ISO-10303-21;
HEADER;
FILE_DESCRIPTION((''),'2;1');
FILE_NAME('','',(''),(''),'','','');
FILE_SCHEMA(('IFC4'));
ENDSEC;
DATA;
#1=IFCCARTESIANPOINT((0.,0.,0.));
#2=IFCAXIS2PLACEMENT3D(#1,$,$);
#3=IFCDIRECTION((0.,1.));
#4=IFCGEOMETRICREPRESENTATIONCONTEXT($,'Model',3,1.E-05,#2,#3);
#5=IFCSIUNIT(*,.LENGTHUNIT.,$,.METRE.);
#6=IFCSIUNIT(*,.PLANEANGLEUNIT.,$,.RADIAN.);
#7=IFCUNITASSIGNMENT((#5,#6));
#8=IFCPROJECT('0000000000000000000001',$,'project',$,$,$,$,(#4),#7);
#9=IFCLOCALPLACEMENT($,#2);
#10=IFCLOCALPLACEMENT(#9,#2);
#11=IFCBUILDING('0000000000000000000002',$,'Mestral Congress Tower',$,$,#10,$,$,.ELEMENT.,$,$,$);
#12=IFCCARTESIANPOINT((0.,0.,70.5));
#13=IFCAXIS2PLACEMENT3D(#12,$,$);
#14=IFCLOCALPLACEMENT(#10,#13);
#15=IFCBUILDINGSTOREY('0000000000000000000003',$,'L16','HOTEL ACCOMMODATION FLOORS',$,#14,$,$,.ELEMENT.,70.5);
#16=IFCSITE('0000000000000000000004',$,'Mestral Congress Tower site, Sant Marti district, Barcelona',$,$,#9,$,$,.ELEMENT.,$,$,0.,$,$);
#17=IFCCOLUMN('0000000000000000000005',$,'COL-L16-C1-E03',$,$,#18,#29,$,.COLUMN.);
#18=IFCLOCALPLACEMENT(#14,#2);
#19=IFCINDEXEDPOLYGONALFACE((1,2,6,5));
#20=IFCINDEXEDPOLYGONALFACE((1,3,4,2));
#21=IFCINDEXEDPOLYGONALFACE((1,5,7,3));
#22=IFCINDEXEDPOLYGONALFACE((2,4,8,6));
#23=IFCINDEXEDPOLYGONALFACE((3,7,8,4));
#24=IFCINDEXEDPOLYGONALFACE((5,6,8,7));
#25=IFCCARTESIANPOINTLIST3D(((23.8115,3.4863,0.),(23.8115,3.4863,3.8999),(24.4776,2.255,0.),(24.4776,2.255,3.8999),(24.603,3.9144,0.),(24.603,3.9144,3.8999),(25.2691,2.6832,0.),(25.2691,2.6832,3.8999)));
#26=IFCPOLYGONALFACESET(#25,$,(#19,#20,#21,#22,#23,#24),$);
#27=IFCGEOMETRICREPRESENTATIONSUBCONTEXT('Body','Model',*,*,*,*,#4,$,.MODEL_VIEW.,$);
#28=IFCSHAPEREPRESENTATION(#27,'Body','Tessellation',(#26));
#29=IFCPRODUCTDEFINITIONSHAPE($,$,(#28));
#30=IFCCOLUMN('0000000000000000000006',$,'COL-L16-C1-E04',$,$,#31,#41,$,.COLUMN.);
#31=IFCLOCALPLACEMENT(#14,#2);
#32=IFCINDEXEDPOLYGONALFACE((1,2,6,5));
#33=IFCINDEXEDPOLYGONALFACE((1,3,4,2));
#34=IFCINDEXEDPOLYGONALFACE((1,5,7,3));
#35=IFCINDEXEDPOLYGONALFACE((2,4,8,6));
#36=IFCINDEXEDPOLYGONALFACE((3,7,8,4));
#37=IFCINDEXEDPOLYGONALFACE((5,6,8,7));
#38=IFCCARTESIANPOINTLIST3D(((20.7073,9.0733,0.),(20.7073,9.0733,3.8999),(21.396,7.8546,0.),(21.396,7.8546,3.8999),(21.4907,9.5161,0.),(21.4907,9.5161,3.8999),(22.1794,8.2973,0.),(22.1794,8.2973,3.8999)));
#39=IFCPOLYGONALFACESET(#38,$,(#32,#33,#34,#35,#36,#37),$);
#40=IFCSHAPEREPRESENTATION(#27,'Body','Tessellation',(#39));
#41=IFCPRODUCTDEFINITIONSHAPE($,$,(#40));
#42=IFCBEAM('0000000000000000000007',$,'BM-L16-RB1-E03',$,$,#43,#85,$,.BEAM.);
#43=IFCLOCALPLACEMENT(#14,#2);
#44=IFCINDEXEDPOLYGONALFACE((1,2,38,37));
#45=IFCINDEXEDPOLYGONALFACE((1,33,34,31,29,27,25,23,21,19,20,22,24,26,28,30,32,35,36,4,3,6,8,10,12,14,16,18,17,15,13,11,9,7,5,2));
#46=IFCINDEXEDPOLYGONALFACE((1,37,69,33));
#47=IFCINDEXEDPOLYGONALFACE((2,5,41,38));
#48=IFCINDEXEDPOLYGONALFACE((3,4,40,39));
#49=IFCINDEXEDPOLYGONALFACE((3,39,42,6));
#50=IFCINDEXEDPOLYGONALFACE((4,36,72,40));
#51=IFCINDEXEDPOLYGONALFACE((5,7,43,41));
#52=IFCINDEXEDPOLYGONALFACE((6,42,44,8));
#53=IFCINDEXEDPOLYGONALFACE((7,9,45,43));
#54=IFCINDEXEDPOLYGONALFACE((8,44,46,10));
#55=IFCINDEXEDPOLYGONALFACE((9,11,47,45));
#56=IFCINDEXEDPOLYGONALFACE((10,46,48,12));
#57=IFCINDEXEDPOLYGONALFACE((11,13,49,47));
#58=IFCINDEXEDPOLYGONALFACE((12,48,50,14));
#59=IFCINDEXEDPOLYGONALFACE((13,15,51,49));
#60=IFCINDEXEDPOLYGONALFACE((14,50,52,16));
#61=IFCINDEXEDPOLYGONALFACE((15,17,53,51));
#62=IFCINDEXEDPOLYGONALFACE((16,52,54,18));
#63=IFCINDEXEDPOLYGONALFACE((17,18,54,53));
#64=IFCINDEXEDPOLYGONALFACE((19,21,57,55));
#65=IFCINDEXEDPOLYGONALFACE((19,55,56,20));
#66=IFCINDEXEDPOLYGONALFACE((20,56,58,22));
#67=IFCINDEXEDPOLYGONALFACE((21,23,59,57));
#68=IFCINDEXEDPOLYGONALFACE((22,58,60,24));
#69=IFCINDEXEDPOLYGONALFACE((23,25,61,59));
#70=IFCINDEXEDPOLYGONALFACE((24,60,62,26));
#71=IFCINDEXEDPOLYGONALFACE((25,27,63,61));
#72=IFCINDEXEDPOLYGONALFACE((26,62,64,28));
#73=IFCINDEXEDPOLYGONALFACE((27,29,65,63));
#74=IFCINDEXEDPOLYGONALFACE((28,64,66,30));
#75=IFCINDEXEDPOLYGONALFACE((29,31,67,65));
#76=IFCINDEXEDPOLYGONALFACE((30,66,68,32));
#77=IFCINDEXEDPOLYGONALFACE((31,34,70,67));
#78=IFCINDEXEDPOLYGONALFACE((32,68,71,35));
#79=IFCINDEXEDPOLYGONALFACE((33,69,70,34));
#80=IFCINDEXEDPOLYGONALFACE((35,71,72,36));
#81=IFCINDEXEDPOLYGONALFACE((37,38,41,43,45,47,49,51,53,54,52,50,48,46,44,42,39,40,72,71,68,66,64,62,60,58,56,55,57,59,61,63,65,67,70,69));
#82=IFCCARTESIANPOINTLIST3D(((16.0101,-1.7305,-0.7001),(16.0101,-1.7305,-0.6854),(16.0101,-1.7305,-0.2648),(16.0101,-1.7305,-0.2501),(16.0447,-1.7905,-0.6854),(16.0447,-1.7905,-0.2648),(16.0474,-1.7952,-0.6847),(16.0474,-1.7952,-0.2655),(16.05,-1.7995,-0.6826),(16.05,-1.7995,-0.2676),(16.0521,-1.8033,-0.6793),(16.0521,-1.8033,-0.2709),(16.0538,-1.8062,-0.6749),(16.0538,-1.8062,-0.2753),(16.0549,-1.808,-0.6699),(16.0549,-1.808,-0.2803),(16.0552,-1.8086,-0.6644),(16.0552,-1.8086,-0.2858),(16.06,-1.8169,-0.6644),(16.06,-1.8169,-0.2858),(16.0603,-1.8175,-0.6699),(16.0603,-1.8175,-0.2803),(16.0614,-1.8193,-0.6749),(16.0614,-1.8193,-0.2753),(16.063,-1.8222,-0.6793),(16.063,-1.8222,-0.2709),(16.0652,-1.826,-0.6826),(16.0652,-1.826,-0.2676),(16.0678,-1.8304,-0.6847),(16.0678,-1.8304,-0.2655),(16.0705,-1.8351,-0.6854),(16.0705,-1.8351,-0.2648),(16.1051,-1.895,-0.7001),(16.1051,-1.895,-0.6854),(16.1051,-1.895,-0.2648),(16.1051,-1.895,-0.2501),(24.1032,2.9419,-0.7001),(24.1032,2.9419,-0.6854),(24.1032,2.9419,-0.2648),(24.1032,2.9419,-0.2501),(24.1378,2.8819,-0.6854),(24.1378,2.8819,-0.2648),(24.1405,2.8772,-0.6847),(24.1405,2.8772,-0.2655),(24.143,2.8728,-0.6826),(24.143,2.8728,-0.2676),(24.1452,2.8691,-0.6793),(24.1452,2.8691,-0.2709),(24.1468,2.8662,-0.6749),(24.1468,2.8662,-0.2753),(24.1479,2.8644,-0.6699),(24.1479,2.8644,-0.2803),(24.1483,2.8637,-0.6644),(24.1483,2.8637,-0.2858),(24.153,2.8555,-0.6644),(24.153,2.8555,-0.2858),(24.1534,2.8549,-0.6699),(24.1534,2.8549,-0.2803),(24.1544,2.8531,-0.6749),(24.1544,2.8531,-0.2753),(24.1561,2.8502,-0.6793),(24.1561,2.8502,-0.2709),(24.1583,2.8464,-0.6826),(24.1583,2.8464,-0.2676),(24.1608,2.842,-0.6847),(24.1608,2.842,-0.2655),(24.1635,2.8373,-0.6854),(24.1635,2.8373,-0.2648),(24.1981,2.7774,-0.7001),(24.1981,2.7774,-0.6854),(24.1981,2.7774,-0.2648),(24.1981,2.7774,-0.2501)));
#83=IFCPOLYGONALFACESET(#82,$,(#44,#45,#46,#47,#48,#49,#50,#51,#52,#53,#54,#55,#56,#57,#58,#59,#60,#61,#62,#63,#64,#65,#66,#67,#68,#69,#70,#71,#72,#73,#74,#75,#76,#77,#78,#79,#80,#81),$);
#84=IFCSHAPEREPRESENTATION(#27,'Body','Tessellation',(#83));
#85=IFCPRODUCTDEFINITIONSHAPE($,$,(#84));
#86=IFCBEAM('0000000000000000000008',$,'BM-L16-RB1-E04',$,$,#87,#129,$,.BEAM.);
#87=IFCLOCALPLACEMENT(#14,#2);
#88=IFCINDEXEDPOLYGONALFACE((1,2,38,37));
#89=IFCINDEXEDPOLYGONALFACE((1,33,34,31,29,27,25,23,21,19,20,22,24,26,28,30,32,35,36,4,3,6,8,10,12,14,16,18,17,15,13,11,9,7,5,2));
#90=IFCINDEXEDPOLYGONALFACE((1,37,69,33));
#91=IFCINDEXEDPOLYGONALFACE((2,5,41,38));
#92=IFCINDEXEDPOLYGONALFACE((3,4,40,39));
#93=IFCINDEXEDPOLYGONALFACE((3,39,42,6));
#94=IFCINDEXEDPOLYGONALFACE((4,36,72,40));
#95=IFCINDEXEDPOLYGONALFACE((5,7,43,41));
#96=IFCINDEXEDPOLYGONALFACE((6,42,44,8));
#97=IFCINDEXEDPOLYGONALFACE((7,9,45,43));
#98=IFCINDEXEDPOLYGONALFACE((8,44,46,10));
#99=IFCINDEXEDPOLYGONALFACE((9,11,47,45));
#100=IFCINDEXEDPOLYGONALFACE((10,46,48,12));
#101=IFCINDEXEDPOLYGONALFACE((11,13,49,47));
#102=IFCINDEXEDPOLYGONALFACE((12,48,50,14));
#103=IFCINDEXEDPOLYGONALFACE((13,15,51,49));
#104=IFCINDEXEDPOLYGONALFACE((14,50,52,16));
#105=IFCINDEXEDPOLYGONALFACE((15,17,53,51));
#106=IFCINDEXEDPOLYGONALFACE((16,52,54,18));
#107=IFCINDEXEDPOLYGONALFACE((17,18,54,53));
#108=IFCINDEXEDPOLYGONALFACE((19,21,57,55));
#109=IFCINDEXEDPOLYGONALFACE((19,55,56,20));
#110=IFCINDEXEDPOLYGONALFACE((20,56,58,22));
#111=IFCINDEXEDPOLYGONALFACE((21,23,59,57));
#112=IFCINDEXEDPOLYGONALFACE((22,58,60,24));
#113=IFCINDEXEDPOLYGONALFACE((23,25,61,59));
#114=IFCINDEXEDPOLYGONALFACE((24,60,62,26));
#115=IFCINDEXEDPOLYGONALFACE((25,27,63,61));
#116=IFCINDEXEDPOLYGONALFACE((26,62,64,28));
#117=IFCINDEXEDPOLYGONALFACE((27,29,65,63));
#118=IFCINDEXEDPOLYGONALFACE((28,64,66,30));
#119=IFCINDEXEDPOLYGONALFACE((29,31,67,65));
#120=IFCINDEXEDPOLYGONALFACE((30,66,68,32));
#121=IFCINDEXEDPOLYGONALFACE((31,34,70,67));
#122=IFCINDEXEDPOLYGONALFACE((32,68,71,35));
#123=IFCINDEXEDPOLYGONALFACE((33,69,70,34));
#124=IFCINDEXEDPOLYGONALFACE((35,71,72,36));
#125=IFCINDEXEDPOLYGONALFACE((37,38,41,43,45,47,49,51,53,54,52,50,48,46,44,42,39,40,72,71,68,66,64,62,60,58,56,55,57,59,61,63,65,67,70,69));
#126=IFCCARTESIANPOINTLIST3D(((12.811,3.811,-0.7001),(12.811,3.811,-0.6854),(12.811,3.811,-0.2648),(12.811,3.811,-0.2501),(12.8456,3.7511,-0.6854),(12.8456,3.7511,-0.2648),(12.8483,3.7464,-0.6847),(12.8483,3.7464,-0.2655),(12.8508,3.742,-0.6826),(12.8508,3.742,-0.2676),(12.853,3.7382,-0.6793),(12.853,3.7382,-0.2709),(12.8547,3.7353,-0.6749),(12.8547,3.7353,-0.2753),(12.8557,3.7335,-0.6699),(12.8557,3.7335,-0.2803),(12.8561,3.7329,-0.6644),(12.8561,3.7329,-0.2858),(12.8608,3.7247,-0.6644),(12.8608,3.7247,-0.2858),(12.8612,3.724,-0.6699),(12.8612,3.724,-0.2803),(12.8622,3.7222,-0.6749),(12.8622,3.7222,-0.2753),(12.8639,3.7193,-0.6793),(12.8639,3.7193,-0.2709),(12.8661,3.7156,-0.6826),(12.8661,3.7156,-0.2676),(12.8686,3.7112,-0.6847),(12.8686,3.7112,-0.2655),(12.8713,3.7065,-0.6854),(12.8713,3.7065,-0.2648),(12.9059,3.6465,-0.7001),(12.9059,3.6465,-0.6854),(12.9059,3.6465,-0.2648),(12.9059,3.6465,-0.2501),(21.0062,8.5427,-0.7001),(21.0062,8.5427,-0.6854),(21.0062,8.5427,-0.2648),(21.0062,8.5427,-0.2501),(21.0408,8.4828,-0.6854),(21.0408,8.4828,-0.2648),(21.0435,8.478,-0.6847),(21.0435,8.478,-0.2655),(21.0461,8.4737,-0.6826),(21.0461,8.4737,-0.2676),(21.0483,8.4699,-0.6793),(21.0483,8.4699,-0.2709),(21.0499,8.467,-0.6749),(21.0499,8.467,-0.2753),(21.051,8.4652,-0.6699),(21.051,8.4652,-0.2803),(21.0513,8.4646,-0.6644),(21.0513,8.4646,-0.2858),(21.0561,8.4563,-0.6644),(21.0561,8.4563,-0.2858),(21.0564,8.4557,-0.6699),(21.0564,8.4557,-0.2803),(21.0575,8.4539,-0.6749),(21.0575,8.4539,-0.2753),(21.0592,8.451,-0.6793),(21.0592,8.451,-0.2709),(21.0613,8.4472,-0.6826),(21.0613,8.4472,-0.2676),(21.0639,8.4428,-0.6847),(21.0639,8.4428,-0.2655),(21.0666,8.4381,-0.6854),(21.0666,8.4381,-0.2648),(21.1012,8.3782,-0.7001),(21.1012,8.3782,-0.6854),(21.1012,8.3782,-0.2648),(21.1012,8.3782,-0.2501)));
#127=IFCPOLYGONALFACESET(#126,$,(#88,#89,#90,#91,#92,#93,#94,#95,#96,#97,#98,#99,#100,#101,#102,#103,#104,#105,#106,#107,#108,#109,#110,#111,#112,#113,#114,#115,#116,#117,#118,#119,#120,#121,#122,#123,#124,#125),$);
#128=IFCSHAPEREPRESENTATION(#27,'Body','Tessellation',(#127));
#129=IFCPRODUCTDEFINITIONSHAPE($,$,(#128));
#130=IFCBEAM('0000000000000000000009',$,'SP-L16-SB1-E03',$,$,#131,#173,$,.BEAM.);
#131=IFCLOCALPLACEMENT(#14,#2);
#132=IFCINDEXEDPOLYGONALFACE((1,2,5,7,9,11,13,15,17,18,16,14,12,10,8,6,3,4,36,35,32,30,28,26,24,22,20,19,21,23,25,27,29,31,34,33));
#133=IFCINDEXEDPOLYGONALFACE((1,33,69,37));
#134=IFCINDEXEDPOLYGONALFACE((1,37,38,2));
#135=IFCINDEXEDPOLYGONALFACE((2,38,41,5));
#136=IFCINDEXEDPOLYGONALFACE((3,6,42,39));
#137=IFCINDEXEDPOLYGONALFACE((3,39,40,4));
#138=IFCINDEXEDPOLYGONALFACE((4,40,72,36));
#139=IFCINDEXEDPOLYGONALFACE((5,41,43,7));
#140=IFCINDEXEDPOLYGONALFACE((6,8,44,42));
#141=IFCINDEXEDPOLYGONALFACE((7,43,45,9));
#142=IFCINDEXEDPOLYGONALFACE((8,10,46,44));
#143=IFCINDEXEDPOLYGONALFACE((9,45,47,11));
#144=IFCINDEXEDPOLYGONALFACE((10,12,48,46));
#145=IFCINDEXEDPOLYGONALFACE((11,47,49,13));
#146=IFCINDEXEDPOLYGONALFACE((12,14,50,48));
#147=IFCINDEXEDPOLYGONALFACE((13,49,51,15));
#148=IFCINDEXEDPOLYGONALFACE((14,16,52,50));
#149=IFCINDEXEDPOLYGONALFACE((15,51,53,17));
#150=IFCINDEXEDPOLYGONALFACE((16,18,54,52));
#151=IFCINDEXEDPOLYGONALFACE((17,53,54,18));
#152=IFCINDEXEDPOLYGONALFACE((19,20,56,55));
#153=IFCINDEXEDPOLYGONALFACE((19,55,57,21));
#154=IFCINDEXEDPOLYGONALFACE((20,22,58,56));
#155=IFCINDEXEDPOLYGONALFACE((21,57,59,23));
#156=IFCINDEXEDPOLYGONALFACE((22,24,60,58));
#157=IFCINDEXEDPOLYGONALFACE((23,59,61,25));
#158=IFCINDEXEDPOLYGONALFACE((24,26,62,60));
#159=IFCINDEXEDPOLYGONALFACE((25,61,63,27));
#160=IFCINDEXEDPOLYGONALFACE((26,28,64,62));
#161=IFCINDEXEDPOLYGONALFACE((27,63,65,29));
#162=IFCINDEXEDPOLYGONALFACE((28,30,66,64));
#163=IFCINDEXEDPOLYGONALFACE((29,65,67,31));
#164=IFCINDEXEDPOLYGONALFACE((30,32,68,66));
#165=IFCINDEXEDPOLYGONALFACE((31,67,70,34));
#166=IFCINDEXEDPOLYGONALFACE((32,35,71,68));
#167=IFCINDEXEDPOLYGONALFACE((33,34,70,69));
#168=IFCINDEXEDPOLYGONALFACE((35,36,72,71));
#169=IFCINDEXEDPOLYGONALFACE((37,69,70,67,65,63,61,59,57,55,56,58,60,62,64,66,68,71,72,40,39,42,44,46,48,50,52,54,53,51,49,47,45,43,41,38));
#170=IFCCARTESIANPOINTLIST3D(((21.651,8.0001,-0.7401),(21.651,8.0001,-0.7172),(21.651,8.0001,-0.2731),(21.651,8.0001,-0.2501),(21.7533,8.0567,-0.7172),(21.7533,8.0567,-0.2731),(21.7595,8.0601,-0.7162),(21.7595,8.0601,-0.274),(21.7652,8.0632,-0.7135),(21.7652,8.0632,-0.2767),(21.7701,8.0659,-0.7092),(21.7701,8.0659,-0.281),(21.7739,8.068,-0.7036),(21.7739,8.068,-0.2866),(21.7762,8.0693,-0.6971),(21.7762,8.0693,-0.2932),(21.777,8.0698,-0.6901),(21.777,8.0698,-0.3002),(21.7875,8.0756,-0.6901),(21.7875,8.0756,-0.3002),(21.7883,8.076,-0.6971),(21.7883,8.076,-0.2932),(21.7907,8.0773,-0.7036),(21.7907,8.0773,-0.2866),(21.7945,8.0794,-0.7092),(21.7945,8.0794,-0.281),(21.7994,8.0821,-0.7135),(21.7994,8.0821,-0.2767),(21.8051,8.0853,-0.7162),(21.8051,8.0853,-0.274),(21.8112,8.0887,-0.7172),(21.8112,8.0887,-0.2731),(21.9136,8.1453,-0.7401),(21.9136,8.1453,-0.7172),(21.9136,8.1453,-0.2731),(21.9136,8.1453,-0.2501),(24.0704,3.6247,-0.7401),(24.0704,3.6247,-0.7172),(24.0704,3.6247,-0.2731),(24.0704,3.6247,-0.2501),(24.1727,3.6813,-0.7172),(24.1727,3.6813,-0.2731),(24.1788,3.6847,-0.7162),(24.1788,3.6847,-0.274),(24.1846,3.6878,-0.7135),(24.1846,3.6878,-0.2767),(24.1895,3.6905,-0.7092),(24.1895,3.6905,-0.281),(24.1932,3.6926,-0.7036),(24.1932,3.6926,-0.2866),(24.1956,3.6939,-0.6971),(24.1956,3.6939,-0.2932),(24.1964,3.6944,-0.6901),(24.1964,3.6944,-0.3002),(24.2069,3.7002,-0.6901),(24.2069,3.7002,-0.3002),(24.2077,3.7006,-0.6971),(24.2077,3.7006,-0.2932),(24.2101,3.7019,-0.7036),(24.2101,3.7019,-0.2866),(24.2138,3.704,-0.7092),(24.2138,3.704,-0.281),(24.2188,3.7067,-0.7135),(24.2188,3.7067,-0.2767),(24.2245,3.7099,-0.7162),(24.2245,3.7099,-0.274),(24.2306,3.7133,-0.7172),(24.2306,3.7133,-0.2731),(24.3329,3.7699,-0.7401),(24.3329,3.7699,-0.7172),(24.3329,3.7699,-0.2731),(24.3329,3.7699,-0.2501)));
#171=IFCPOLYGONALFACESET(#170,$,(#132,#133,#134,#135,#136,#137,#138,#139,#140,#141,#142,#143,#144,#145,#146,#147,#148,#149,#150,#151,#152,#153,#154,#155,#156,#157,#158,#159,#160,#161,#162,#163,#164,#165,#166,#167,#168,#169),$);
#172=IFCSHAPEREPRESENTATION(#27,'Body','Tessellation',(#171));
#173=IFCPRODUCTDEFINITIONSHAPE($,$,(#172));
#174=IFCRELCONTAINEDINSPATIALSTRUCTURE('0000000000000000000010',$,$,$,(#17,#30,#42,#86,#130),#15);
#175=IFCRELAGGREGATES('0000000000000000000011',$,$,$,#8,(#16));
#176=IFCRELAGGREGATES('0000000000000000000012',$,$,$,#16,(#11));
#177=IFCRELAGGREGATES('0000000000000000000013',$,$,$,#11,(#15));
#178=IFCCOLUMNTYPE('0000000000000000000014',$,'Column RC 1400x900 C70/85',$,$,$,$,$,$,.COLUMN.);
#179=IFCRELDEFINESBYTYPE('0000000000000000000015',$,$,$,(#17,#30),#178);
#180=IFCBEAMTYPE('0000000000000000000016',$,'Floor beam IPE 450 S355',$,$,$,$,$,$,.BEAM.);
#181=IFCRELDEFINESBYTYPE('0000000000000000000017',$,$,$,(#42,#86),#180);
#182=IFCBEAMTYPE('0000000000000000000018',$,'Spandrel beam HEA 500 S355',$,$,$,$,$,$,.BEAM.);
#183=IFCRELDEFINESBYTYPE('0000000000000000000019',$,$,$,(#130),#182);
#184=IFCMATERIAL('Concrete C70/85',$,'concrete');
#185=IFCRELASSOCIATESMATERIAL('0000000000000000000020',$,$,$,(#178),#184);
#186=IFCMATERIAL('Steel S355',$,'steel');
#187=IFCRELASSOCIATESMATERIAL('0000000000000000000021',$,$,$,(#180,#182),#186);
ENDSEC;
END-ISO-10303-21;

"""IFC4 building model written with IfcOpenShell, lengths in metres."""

from ifc_helpers import new_model, si_unit, direction, frame, origin, origin_2d, place, context, subcontext, project, spatial, rectangle, i_section, extrude, material, material_profile, profile_set, type_object, element, save


model = new_model("IFC4")

# Units and contexts
model_context = context("Model", 3, precision=1e-05, world=origin(), true_north=direction((0.0, 1.0)))
body_context = subcontext(model_context, "Body", "Model", "MODEL_VIEW")
ifc_project = project(units=[si_unit("LENGTHUNIT", "METRE"), si_unit("PLANEANGLEUNIT", "RADIAN")], contexts=[model_context])

# Site, building, storey
site_placement = place(None, origin())
site = spatial("IfcSite", under=ifc_project, at=site_placement, Name="Mestral Congress Tower site, Sant Marti district, Barcelona", CompositionType="ELEMENT", RefElevation=0.0)
building_placement = place(site_placement, origin())
building = spatial("IfcBuilding", under=site, at=building_placement, Name="Mestral Congress Tower", CompositionType="ELEMENT")
storey_placement = place(building_placement, frame((0.0, 0.0, 70.5)))
storey = spatial("IfcBuildingStorey", under=building, at=storey_placement, Name="L16", Description="HOTEL ACCOMMODATION FLOORS", CompositionType="ELEMENT", Elevation=70.5)

# Columns
ifc_material_1 = material(Name="Concrete C70/85", Category="concrete")
ifc_material_profile_1 = material_profile(ifc_material_1, rectangle(XDim=1.3999, YDim=0.8999, at=origin_2d()), Name="RC 1400x900")
ifc_profile_set_1 = profile_set([ifc_material_profile_1], Name="Concrete C70/85")
column_type = type_object("IfcColumnType", Name="Column RC 1400x900 C70/85", PredefinedType="COLUMN", material=ifc_profile_set_1)
for number, where, z_axis, x_axis, name in (
    (1, (24.5403, 3.0847, 0.0), (0.0, 0.0, 1.0), (-0.475796, 0.879556, 0.0), "COL-L16-C1-E03"),
    (2, (21.4434, 8.6853, 0.0), (0.0, 0.0, 1.0), (-0.491974, 0.87061, 0.0), "COL-L16-C1-E04"),
):
    element("IfcColumn", number, at=place(storey_placement, frame(where, z_axis=z_axis, x_axis=x_axis)), inside=storey, type_object=column_type, Name=name, PredefinedType="COLUMN", context=body_context, shape_type="SweptSolid", body=[
        extrude(rectangle(XDim=1.3999, YDim=0.8999, at=origin_2d()), origin(), (0.0, 0.0, 1.0), 3.8999),
    ])

# Beams
ifc_material_2 = material(Name="Steel S355", Category="steel")
ifc_material_profile_2 = material_profile(ifc_material_2, i_section(OverallWidth=0.1899, OverallDepth=0.45, WebThickness=0.0095, FlangeThickness=0.0146, FilletRadius=0.021, at=origin_2d()), Name="IPE 450")
ifc_profile_set_2 = profile_set([ifc_material_profile_2], Name="Steel S355")
beam_type_1 = type_object("IfcBeamType", Name="Floor beam IPE 450 S355", PredefinedType="BEAM", material=ifc_profile_set_2)
beam_1_placement = place(storey_placement, frame((24.1506, 2.8596, -0.4751), z_axis=(-0.866032, -0.499989, 0.0), x_axis=(0.499989, -0.866032, 0.0)))
element("IfcBeam", 3, at=beam_1_placement, inside=storey, type_object=beam_type_1, Name="BM-L16-RB1-E03", PredefinedType="BEAM", context=body_context, shape_type="SweptSolid", body=[
    extrude(i_section(OverallWidth=0.1899, OverallDepth=0.45, WebThickness=0.0095, FlangeThickness=0.0146, FilletRadius=0.021, at=origin_2d()), origin(), (0.0, 0.0, 1.0), 9.345),
])
beam_2_placement = place(storey_placement, frame((21.0537, 8.4604, -0.4751), z_axis=(-0.86602, -0.50001, 0.0), x_axis=(0.50001, -0.86602, 0.0)))
element("IfcBeam", 4, at=beam_2_placement, inside=storey, type_object=beam_type_1, Name="BM-L16-RB1-E04", PredefinedType="BEAM", context=body_context, shape_type="SweptSolid", body=[
    extrude(i_section(OverallWidth=0.1899, OverallDepth=0.45, WebThickness=0.0095, FlangeThickness=0.0146, FilletRadius=0.021, at=origin_2d()), origin(), (0.0, 0.0, 1.0), 9.4631),
])
ifc_material_profile_3 = material_profile(ifc_material_2, i_section(OverallWidth=0.3, OverallDepth=0.49, WebThickness=0.012, FlangeThickness=0.0229, FilletRadius=0.0271, at=origin_2d()), Name="HEA 500")
ifc_profile_set_3 = profile_set([ifc_material_profile_3], Name="Steel S355")
beam_type_2 = type_object("IfcBeamType", Name="Spandrel beam HEA 500 S355", PredefinedType="BEAM", material=ifc_profile_set_3)
for number, where, z_axis, x_axis, name in (
    (5, (24.2017, 3.6973, -0.4951), (-0.483901, 0.875123, 0.0), (-0.875123, -0.483901, 0.0), "SP-L16-SB1-E03"),
):
    element("IfcBeam", number, at=place(storey_placement, frame(where, z_axis=z_axis, x_axis=x_axis)), inside=storey, type_object=beam_type_2, Name=name, PredefinedType="BEAM", context=body_context, shape_type="SweptSolid", body=[
        extrude(i_section(OverallWidth=0.3, OverallDepth=0.49, WebThickness=0.012, FlangeThickness=0.0229, FilletRadius=0.0271, at=origin_2d()), origin(), (0.0, 0.0, 1.0), 4.9998),
    ])

save(model, "model.ifc")
